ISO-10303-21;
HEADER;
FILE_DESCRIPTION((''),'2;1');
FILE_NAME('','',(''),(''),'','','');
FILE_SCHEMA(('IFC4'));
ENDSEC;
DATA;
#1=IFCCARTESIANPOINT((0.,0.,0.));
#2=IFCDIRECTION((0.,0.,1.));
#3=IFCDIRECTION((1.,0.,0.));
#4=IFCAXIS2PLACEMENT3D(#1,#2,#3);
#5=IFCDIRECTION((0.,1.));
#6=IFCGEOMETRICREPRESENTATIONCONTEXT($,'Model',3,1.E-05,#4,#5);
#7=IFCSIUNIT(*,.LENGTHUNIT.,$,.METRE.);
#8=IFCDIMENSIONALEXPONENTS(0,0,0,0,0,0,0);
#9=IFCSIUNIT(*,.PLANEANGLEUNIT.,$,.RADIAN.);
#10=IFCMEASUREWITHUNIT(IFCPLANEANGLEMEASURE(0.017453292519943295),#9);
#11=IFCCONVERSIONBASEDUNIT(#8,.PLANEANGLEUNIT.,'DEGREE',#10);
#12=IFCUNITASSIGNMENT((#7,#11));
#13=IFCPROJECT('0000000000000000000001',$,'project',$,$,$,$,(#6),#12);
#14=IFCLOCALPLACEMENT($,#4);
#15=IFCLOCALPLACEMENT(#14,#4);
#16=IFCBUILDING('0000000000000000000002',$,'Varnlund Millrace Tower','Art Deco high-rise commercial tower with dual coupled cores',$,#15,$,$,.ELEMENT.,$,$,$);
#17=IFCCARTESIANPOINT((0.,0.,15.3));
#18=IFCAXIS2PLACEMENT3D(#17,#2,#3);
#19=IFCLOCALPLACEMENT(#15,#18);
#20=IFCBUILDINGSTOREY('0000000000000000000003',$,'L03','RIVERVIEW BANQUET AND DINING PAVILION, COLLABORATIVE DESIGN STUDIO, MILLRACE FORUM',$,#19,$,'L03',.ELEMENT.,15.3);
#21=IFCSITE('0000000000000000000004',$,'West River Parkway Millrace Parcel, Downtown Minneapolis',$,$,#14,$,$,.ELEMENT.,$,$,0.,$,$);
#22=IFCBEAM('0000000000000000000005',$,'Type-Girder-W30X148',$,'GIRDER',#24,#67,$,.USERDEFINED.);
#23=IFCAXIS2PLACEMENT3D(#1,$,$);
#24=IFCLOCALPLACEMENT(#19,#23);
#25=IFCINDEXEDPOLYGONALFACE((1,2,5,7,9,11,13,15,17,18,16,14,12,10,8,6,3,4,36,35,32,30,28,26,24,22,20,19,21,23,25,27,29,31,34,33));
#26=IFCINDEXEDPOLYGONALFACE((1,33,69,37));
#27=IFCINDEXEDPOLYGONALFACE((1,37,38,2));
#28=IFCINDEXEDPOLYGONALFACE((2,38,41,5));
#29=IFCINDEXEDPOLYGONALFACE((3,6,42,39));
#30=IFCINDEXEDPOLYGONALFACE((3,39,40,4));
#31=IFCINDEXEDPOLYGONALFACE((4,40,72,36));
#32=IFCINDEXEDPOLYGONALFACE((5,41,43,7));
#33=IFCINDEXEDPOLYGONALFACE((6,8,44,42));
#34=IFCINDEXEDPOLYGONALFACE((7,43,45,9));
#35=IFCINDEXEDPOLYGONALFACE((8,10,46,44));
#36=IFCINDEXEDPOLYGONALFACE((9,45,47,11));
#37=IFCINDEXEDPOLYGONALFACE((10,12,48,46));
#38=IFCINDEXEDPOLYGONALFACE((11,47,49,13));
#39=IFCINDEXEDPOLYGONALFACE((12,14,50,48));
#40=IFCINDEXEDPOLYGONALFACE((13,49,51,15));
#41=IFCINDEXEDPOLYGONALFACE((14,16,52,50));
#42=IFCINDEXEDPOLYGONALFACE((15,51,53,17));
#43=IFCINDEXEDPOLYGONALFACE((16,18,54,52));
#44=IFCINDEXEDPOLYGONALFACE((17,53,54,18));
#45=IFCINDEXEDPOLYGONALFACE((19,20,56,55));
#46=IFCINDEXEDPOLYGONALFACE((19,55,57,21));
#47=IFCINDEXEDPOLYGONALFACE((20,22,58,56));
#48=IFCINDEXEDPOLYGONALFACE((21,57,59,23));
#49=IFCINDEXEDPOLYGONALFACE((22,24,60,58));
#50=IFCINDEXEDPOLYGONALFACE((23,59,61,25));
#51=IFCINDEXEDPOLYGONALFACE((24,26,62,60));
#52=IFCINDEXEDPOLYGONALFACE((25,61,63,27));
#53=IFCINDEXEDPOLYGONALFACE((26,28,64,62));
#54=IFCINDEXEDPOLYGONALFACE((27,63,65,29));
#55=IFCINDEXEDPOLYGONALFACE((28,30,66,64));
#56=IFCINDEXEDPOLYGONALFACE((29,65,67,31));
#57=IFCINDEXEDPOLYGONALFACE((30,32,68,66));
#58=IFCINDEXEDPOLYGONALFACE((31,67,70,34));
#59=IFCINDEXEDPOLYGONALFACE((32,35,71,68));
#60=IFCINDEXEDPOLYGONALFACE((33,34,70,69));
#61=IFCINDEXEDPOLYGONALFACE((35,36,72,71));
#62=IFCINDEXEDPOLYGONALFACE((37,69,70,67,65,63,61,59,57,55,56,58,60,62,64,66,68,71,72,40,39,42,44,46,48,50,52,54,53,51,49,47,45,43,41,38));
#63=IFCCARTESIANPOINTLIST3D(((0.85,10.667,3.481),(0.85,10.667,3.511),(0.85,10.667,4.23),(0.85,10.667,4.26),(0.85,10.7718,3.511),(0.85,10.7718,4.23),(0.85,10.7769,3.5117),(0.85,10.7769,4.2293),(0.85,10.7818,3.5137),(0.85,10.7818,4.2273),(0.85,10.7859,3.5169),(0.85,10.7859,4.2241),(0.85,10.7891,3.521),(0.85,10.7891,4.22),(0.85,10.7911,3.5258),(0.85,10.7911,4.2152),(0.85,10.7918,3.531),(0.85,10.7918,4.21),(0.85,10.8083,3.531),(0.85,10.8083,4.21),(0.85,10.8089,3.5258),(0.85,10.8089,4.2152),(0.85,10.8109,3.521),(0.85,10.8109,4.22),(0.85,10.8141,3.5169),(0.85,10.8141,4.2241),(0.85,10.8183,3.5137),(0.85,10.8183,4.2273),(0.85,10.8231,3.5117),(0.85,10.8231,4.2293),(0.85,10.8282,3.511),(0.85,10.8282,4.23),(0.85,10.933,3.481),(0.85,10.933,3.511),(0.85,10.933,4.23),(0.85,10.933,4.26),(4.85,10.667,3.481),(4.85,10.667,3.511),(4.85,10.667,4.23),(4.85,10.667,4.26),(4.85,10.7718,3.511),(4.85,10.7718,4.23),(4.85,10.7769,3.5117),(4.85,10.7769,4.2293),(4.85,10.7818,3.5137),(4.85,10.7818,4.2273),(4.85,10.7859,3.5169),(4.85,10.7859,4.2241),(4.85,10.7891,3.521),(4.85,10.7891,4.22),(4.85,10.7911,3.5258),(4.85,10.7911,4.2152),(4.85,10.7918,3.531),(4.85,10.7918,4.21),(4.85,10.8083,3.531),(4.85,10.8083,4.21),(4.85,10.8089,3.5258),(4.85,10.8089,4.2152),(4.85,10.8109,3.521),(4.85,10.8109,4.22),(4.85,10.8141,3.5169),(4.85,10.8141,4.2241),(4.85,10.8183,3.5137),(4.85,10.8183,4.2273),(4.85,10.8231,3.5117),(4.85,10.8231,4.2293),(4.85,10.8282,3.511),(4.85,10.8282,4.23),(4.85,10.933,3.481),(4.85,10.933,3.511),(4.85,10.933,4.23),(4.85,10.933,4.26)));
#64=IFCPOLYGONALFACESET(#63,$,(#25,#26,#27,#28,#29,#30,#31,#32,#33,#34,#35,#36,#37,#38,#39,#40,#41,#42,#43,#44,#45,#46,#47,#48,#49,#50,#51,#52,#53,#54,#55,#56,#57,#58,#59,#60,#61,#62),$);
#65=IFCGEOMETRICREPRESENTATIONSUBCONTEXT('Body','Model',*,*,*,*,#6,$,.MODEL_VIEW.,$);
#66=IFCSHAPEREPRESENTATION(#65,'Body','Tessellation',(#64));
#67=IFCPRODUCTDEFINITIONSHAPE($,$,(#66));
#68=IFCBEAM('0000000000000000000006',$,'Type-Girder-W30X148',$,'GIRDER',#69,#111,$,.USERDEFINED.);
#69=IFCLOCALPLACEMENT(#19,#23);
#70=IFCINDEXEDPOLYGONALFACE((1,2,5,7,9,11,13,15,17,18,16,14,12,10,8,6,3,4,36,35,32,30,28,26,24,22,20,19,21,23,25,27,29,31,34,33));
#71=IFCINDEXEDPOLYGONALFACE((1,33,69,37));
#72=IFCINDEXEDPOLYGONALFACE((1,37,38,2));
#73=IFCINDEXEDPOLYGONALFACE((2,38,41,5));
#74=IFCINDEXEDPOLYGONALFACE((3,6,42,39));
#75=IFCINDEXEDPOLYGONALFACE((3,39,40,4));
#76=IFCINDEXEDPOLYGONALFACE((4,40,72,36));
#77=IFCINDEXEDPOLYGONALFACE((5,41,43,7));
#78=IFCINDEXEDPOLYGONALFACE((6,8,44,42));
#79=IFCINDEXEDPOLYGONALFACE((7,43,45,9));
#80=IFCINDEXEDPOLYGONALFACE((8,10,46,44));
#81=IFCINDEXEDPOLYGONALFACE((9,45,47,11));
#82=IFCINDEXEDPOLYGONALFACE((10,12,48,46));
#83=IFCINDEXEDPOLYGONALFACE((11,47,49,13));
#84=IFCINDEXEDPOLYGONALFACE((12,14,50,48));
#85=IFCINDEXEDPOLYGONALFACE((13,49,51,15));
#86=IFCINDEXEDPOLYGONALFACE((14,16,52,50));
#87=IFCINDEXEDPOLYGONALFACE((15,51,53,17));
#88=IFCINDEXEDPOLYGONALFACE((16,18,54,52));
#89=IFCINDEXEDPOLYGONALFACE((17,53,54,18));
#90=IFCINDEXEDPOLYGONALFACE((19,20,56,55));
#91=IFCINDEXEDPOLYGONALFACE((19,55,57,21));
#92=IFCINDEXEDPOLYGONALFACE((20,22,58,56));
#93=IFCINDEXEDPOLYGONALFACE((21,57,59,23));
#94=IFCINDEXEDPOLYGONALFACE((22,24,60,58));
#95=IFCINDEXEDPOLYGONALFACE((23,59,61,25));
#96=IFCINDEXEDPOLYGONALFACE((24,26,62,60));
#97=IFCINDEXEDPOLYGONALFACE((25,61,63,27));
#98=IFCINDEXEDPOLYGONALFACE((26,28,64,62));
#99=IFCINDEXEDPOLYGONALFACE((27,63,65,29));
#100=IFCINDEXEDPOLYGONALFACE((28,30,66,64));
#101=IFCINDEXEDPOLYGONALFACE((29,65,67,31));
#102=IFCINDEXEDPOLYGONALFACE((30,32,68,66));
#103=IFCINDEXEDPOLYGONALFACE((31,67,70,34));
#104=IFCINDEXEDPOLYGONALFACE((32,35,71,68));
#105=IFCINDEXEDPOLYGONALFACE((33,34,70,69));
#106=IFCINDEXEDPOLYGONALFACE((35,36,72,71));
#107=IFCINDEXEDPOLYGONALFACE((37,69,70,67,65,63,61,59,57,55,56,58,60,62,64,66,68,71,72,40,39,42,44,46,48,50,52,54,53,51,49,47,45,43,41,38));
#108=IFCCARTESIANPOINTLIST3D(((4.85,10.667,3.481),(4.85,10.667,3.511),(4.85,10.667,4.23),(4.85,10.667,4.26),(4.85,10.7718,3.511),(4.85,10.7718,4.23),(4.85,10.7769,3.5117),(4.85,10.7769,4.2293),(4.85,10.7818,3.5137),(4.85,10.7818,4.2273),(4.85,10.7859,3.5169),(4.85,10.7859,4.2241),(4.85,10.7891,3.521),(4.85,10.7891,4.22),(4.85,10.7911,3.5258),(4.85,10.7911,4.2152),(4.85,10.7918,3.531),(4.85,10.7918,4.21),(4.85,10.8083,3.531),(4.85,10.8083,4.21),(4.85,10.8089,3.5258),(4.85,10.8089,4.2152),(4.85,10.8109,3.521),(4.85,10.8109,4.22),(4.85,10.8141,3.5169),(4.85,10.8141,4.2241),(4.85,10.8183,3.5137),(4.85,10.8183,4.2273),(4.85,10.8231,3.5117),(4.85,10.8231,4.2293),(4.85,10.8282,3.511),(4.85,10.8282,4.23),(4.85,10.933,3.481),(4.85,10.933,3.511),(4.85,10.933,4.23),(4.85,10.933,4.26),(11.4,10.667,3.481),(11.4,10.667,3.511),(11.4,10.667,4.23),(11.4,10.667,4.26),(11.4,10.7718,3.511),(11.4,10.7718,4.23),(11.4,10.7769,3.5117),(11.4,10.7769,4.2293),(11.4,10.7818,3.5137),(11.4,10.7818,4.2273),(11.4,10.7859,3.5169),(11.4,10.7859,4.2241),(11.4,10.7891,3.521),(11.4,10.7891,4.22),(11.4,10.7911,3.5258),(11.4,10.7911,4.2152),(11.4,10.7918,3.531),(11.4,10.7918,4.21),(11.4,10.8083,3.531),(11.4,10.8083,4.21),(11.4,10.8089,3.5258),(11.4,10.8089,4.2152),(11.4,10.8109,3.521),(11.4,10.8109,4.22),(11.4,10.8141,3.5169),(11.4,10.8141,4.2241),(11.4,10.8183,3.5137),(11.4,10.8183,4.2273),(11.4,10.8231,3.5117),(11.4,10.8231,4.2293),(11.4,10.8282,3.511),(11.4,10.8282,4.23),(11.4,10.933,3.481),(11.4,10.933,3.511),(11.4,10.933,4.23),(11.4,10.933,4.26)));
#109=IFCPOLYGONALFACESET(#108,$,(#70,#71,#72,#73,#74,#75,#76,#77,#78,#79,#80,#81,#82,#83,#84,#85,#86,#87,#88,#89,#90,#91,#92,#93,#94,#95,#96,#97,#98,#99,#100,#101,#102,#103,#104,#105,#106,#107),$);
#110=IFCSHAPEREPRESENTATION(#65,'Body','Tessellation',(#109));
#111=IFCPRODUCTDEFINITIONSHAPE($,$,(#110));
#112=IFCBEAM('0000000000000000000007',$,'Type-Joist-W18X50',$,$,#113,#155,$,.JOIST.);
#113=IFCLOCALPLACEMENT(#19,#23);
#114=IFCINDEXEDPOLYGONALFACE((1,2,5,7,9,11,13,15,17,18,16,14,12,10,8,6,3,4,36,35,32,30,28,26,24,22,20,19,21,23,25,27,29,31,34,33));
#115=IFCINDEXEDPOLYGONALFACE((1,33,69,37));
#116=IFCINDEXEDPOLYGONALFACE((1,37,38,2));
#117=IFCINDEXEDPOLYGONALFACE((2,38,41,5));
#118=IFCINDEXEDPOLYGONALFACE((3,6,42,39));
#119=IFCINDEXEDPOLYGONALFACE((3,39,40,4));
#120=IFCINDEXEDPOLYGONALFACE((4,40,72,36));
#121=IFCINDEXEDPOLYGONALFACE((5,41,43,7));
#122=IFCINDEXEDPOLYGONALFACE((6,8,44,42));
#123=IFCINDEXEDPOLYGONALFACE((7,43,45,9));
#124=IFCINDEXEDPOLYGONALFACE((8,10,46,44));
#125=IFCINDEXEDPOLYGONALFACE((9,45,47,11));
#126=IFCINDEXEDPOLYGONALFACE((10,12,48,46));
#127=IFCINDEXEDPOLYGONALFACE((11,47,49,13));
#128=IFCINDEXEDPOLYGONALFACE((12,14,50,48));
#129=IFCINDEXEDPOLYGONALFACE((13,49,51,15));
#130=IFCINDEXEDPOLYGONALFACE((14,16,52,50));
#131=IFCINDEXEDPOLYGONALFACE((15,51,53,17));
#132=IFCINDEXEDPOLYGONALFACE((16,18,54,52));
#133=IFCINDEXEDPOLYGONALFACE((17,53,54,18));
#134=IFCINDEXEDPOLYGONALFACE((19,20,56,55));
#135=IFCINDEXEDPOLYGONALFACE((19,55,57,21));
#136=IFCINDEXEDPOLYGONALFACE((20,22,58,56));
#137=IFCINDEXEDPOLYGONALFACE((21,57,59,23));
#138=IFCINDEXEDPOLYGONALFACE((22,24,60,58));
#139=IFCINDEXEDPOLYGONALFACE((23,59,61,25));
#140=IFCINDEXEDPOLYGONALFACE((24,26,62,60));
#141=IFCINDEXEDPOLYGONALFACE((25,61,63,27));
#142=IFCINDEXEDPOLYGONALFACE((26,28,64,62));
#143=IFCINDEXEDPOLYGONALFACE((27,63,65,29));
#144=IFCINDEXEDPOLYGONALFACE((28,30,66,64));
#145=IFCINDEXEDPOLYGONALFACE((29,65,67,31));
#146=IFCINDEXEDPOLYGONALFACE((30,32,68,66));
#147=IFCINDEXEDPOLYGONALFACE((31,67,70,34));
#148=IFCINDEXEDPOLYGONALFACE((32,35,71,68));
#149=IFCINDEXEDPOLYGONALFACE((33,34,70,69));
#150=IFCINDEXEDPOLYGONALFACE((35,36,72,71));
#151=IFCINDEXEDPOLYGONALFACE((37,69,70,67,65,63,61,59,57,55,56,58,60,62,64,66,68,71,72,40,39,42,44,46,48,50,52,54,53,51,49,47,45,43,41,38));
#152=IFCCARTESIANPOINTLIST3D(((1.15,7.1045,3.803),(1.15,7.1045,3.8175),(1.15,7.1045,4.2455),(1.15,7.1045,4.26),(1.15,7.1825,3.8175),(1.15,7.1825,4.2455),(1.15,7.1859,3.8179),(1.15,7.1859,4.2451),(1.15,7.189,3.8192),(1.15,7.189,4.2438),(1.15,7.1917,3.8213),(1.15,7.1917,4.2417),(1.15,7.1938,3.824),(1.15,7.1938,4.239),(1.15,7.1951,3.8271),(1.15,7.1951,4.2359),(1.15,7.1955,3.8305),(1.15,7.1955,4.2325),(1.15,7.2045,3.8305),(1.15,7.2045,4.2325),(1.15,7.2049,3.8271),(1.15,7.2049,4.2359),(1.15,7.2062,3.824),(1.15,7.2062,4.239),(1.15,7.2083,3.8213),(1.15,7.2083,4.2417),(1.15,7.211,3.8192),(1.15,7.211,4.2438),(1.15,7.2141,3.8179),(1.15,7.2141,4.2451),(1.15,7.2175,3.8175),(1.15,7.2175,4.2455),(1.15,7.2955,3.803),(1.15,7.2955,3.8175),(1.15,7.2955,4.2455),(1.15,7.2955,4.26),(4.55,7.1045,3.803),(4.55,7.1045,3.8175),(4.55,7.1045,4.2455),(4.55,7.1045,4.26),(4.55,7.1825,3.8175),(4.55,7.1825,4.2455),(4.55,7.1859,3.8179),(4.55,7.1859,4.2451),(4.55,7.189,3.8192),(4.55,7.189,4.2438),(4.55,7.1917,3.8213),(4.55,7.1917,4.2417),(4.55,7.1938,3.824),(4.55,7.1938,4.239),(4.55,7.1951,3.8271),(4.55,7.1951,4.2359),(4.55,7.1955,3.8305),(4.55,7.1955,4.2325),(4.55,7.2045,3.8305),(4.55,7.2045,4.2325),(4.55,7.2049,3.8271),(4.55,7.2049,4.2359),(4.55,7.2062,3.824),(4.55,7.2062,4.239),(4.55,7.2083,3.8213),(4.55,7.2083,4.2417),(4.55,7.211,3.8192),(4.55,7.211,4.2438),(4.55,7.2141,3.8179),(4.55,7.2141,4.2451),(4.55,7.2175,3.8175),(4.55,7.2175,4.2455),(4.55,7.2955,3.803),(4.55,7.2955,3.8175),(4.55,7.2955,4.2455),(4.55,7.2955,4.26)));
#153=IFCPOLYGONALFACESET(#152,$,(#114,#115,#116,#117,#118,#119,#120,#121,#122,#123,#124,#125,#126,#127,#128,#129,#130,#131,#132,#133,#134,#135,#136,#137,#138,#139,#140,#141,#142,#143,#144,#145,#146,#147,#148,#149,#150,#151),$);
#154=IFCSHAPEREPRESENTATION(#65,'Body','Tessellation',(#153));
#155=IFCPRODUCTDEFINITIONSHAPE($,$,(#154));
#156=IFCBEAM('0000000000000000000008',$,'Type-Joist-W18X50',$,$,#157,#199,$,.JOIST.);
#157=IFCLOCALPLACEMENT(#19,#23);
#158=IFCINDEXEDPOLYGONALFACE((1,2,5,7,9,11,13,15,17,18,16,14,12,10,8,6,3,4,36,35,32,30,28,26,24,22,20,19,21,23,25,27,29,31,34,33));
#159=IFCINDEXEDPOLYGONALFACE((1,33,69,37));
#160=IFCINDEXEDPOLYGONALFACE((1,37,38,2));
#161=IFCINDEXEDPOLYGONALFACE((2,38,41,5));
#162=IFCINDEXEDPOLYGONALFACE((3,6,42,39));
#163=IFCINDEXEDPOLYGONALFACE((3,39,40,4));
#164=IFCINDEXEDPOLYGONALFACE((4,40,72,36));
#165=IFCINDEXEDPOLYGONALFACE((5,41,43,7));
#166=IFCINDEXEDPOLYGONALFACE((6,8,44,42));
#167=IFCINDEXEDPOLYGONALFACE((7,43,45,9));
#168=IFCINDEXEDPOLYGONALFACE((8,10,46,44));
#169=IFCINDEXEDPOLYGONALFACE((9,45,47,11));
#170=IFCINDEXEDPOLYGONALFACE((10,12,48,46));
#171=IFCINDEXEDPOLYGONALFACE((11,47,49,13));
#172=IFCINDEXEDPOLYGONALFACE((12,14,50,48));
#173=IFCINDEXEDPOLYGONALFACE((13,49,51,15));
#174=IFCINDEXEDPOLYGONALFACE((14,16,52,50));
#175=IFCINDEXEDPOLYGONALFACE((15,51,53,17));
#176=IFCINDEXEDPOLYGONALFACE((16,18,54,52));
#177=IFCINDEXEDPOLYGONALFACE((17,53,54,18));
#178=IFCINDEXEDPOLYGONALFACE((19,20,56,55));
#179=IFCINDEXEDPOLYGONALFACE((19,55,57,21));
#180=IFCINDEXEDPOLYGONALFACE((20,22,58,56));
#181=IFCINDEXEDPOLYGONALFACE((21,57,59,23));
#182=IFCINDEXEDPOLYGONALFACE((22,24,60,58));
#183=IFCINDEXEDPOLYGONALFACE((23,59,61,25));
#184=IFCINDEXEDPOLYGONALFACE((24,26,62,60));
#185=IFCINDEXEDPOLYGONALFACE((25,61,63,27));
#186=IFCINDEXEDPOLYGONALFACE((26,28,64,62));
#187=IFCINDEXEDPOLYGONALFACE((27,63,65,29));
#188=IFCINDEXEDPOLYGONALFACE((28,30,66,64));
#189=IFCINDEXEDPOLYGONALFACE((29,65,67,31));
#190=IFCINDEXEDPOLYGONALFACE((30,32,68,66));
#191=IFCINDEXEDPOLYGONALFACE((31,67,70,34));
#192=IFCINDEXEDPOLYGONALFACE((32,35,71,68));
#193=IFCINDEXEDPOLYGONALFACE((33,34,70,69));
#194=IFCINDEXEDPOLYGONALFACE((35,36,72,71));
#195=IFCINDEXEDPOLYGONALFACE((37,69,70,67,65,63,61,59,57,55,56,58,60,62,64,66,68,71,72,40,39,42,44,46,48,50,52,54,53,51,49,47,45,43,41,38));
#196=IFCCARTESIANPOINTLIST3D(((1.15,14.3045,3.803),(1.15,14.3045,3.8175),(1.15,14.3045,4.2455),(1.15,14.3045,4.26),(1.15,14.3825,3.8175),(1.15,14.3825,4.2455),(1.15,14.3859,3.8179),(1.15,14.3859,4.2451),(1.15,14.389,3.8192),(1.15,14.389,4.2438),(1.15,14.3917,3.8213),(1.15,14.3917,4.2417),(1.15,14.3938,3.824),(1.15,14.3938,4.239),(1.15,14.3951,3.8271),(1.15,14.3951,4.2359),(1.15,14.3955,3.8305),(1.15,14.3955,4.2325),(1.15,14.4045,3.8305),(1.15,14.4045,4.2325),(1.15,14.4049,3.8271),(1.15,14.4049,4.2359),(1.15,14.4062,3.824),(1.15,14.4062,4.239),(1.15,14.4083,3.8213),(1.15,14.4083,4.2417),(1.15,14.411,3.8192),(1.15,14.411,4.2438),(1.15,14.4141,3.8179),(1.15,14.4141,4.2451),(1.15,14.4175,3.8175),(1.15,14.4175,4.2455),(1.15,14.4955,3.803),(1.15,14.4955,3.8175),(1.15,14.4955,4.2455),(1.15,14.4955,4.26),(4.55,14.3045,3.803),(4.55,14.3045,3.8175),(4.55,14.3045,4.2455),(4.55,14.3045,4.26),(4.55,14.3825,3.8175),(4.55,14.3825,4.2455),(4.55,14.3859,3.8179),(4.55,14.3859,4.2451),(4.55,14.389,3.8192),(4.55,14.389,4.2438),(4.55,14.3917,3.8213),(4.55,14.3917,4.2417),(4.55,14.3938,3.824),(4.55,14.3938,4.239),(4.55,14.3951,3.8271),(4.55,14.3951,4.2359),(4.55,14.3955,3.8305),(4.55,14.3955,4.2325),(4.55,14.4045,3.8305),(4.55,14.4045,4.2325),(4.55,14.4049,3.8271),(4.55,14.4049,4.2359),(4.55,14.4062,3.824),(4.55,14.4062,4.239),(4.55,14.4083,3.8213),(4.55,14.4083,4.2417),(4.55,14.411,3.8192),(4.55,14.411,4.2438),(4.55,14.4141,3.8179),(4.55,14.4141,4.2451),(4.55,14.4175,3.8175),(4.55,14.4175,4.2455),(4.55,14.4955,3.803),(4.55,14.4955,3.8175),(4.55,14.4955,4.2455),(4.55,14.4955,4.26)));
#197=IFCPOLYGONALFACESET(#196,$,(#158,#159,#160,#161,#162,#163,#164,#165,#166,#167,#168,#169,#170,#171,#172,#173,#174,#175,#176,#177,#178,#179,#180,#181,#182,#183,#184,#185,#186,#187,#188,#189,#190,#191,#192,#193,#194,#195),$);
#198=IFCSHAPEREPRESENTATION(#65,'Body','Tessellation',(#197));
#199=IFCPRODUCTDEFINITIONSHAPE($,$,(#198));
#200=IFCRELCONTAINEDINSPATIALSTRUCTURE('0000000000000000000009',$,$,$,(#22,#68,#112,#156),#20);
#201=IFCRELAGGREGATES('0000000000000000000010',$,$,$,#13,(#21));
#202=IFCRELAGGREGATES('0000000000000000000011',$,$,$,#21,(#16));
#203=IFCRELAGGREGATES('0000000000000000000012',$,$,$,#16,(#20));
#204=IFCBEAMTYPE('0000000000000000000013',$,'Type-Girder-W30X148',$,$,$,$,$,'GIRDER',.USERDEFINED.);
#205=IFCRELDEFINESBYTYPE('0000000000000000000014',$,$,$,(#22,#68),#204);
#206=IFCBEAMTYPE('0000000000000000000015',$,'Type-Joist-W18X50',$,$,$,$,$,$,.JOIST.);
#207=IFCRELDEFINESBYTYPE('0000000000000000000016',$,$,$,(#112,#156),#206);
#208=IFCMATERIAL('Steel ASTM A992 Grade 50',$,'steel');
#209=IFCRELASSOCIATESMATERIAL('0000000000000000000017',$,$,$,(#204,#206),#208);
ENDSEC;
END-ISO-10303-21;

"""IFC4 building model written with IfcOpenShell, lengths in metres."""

from ifc_helpers import new_model, entity, si_unit, converted_unit, direction, frame, origin_with_axes, origin_2d_with_axis, place, context, subcontext, project, spatial, i_section, extrude, material, material_profile, profile_set, type_object, element, save


model = new_model("IFC4")

# Units and contexts
model_context = context("Model", 3, precision=1e-05, world=origin_with_axes(), true_north=direction((0.0, 1.0)))
body_context = subcontext(model_context, "Body", "Model", "MODEL_VIEW")
ifc_project = project(units=[si_unit("LENGTHUNIT", "METRE"), converted_unit("PLANEANGLEUNIT", "DEGREE", entity("IfcPlaneAngleMeasure", 0.017453292519943295), si_unit("PLANEANGLEUNIT", "RADIAN"), dimensions=[0, 0, 0, 0, 0, 0, 0])], contexts=[model_context])

# Site, building, storey
site_placement = place(None, origin_with_axes())
site = spatial("IfcSite", under=ifc_project, at=site_placement, Name="West River Parkway Millrace Parcel, Downtown Minneapolis", CompositionType="ELEMENT", RefElevation=0.0)
building_placement = place(site_placement, origin_with_axes())
building = spatial("IfcBuilding", under=site, at=building_placement, Name="Varnlund Millrace Tower", Description="Art Deco high-rise commercial tower with dual coupled cores", CompositionType="ELEMENT")
storey_placement = place(building_placement, frame((0.0, 0.0, 15.3), z_axis=(0.0, 0.0, 1.0), x_axis=(1.0, 0.0, 0.0)))
storey = spatial("IfcBuildingStorey", under=building, at=storey_placement, Name="L03", Description="RIVERVIEW BANQUET AND DINING PAVILION, COLLABORATIVE DESIGN STUDIO, MILLRACE FORUM", LongName="L03", CompositionType="ELEMENT", Elevation=15.3)

# Beams
ifc_material_1 = material(Name="Steel ASTM A992 Grade 50", Category="steel")
ifc_material_profile_1 = material_profile(ifc_material_1, i_section(OverallWidth=0.266, OverallDepth=0.779, WebThickness=0.0165, FlangeThickness=0.03, FilletRadius=0.02, at=origin_2d_with_axis()), Name="Steel ASTM A992 Grade 50")
ifc_profile_set_1 = profile_set([ifc_material_profile_1], Name="Steel ASTM A992 Grade 50")
beam_type_1 = type_object("IfcBeamType", Name="Type-Girder-W30X148", ElementType="GIRDER", PredefinedType="USERDEFINED", material=ifc_profile_set_1)
beam_1_placement = place(storey_placement, frame((0.85, 10.8, 3.8705), z_axis=(1.0, 0.0, 0.0), x_axis=(0.0, 1.0, 0.0)))
element("IfcBeam", 1, at=beam_1_placement, inside=storey, type_object=beam_type_1, Name="Type-Girder-W30X148", ObjectType="GIRDER", PredefinedType="USERDEFINED", context=body_context, shape_type="SweptSolid", body=[
    extrude(i_section(OverallWidth=0.266, OverallDepth=0.779, WebThickness=0.0165, FlangeThickness=0.03, FilletRadius=0.02, at=origin_2d_with_axis()), origin_with_axes(), (0.0, 0.0, 1.0), 4.0),
])
beam_2_placement = place(storey_placement, frame((4.85, 10.8, 3.8705), z_axis=(1.0, 0.0, 0.0), x_axis=(0.0, 1.0, 0.0)))
element("IfcBeam", 2, at=beam_2_placement, inside=storey, type_object=beam_type_1, Name="Type-Girder-W30X148", ObjectType="GIRDER", PredefinedType="USERDEFINED", context=body_context, shape_type="SweptSolid", body=[
    extrude(i_section(OverallWidth=0.266, OverallDepth=0.779, WebThickness=0.0165, FlangeThickness=0.03, FilletRadius=0.02, at=origin_2d_with_axis()), origin_with_axes(), (0.0, 0.0, 1.0), 6.55),
])
ifc_material_profile_2 = material_profile(ifc_material_1, i_section(OverallWidth=0.191, OverallDepth=0.457, WebThickness=0.009, FlangeThickness=0.0145, FilletRadius=0.013, at=origin_2d_with_axis()), Name="Steel ASTM A992 Grade 50")
ifc_profile_set_2 = profile_set([ifc_material_profile_2], Name="Steel ASTM A992 Grade 50")
beam_type_2 = type_object("IfcBeamType", Name="Type-Joist-W18X50", PredefinedType="JOIST", material=ifc_profile_set_2)
for number, where, z_axis, x_axis, name in (
    (3, (1.15, 7.2, 4.0315), (1.0, 0.0, 0.0), (0.0, 1.0, 0.0), "Type-Joist-W18X50"),
    (4, (1.15, 14.4, 4.0315), (1.0, 0.0, 0.0), (0.0, 1.0, 0.0), "Type-Joist-W18X50"),
):
    element("IfcBeam", number, at=place(storey_placement, frame(where, z_axis=z_axis, x_axis=x_axis)), inside=storey, type_object=beam_type_2, Name=name, PredefinedType="JOIST", context=body_context, shape_type="SweptSolid", body=[
        extrude(i_section(OverallWidth=0.191, OverallDepth=0.457, WebThickness=0.009, FlangeThickness=0.0145, FilletRadius=0.013, at=origin_2d_with_axis()), origin_with_axes(), (0.0, 0.0, 1.0), 3.4),
    ])

save(model, "model.ifc")
